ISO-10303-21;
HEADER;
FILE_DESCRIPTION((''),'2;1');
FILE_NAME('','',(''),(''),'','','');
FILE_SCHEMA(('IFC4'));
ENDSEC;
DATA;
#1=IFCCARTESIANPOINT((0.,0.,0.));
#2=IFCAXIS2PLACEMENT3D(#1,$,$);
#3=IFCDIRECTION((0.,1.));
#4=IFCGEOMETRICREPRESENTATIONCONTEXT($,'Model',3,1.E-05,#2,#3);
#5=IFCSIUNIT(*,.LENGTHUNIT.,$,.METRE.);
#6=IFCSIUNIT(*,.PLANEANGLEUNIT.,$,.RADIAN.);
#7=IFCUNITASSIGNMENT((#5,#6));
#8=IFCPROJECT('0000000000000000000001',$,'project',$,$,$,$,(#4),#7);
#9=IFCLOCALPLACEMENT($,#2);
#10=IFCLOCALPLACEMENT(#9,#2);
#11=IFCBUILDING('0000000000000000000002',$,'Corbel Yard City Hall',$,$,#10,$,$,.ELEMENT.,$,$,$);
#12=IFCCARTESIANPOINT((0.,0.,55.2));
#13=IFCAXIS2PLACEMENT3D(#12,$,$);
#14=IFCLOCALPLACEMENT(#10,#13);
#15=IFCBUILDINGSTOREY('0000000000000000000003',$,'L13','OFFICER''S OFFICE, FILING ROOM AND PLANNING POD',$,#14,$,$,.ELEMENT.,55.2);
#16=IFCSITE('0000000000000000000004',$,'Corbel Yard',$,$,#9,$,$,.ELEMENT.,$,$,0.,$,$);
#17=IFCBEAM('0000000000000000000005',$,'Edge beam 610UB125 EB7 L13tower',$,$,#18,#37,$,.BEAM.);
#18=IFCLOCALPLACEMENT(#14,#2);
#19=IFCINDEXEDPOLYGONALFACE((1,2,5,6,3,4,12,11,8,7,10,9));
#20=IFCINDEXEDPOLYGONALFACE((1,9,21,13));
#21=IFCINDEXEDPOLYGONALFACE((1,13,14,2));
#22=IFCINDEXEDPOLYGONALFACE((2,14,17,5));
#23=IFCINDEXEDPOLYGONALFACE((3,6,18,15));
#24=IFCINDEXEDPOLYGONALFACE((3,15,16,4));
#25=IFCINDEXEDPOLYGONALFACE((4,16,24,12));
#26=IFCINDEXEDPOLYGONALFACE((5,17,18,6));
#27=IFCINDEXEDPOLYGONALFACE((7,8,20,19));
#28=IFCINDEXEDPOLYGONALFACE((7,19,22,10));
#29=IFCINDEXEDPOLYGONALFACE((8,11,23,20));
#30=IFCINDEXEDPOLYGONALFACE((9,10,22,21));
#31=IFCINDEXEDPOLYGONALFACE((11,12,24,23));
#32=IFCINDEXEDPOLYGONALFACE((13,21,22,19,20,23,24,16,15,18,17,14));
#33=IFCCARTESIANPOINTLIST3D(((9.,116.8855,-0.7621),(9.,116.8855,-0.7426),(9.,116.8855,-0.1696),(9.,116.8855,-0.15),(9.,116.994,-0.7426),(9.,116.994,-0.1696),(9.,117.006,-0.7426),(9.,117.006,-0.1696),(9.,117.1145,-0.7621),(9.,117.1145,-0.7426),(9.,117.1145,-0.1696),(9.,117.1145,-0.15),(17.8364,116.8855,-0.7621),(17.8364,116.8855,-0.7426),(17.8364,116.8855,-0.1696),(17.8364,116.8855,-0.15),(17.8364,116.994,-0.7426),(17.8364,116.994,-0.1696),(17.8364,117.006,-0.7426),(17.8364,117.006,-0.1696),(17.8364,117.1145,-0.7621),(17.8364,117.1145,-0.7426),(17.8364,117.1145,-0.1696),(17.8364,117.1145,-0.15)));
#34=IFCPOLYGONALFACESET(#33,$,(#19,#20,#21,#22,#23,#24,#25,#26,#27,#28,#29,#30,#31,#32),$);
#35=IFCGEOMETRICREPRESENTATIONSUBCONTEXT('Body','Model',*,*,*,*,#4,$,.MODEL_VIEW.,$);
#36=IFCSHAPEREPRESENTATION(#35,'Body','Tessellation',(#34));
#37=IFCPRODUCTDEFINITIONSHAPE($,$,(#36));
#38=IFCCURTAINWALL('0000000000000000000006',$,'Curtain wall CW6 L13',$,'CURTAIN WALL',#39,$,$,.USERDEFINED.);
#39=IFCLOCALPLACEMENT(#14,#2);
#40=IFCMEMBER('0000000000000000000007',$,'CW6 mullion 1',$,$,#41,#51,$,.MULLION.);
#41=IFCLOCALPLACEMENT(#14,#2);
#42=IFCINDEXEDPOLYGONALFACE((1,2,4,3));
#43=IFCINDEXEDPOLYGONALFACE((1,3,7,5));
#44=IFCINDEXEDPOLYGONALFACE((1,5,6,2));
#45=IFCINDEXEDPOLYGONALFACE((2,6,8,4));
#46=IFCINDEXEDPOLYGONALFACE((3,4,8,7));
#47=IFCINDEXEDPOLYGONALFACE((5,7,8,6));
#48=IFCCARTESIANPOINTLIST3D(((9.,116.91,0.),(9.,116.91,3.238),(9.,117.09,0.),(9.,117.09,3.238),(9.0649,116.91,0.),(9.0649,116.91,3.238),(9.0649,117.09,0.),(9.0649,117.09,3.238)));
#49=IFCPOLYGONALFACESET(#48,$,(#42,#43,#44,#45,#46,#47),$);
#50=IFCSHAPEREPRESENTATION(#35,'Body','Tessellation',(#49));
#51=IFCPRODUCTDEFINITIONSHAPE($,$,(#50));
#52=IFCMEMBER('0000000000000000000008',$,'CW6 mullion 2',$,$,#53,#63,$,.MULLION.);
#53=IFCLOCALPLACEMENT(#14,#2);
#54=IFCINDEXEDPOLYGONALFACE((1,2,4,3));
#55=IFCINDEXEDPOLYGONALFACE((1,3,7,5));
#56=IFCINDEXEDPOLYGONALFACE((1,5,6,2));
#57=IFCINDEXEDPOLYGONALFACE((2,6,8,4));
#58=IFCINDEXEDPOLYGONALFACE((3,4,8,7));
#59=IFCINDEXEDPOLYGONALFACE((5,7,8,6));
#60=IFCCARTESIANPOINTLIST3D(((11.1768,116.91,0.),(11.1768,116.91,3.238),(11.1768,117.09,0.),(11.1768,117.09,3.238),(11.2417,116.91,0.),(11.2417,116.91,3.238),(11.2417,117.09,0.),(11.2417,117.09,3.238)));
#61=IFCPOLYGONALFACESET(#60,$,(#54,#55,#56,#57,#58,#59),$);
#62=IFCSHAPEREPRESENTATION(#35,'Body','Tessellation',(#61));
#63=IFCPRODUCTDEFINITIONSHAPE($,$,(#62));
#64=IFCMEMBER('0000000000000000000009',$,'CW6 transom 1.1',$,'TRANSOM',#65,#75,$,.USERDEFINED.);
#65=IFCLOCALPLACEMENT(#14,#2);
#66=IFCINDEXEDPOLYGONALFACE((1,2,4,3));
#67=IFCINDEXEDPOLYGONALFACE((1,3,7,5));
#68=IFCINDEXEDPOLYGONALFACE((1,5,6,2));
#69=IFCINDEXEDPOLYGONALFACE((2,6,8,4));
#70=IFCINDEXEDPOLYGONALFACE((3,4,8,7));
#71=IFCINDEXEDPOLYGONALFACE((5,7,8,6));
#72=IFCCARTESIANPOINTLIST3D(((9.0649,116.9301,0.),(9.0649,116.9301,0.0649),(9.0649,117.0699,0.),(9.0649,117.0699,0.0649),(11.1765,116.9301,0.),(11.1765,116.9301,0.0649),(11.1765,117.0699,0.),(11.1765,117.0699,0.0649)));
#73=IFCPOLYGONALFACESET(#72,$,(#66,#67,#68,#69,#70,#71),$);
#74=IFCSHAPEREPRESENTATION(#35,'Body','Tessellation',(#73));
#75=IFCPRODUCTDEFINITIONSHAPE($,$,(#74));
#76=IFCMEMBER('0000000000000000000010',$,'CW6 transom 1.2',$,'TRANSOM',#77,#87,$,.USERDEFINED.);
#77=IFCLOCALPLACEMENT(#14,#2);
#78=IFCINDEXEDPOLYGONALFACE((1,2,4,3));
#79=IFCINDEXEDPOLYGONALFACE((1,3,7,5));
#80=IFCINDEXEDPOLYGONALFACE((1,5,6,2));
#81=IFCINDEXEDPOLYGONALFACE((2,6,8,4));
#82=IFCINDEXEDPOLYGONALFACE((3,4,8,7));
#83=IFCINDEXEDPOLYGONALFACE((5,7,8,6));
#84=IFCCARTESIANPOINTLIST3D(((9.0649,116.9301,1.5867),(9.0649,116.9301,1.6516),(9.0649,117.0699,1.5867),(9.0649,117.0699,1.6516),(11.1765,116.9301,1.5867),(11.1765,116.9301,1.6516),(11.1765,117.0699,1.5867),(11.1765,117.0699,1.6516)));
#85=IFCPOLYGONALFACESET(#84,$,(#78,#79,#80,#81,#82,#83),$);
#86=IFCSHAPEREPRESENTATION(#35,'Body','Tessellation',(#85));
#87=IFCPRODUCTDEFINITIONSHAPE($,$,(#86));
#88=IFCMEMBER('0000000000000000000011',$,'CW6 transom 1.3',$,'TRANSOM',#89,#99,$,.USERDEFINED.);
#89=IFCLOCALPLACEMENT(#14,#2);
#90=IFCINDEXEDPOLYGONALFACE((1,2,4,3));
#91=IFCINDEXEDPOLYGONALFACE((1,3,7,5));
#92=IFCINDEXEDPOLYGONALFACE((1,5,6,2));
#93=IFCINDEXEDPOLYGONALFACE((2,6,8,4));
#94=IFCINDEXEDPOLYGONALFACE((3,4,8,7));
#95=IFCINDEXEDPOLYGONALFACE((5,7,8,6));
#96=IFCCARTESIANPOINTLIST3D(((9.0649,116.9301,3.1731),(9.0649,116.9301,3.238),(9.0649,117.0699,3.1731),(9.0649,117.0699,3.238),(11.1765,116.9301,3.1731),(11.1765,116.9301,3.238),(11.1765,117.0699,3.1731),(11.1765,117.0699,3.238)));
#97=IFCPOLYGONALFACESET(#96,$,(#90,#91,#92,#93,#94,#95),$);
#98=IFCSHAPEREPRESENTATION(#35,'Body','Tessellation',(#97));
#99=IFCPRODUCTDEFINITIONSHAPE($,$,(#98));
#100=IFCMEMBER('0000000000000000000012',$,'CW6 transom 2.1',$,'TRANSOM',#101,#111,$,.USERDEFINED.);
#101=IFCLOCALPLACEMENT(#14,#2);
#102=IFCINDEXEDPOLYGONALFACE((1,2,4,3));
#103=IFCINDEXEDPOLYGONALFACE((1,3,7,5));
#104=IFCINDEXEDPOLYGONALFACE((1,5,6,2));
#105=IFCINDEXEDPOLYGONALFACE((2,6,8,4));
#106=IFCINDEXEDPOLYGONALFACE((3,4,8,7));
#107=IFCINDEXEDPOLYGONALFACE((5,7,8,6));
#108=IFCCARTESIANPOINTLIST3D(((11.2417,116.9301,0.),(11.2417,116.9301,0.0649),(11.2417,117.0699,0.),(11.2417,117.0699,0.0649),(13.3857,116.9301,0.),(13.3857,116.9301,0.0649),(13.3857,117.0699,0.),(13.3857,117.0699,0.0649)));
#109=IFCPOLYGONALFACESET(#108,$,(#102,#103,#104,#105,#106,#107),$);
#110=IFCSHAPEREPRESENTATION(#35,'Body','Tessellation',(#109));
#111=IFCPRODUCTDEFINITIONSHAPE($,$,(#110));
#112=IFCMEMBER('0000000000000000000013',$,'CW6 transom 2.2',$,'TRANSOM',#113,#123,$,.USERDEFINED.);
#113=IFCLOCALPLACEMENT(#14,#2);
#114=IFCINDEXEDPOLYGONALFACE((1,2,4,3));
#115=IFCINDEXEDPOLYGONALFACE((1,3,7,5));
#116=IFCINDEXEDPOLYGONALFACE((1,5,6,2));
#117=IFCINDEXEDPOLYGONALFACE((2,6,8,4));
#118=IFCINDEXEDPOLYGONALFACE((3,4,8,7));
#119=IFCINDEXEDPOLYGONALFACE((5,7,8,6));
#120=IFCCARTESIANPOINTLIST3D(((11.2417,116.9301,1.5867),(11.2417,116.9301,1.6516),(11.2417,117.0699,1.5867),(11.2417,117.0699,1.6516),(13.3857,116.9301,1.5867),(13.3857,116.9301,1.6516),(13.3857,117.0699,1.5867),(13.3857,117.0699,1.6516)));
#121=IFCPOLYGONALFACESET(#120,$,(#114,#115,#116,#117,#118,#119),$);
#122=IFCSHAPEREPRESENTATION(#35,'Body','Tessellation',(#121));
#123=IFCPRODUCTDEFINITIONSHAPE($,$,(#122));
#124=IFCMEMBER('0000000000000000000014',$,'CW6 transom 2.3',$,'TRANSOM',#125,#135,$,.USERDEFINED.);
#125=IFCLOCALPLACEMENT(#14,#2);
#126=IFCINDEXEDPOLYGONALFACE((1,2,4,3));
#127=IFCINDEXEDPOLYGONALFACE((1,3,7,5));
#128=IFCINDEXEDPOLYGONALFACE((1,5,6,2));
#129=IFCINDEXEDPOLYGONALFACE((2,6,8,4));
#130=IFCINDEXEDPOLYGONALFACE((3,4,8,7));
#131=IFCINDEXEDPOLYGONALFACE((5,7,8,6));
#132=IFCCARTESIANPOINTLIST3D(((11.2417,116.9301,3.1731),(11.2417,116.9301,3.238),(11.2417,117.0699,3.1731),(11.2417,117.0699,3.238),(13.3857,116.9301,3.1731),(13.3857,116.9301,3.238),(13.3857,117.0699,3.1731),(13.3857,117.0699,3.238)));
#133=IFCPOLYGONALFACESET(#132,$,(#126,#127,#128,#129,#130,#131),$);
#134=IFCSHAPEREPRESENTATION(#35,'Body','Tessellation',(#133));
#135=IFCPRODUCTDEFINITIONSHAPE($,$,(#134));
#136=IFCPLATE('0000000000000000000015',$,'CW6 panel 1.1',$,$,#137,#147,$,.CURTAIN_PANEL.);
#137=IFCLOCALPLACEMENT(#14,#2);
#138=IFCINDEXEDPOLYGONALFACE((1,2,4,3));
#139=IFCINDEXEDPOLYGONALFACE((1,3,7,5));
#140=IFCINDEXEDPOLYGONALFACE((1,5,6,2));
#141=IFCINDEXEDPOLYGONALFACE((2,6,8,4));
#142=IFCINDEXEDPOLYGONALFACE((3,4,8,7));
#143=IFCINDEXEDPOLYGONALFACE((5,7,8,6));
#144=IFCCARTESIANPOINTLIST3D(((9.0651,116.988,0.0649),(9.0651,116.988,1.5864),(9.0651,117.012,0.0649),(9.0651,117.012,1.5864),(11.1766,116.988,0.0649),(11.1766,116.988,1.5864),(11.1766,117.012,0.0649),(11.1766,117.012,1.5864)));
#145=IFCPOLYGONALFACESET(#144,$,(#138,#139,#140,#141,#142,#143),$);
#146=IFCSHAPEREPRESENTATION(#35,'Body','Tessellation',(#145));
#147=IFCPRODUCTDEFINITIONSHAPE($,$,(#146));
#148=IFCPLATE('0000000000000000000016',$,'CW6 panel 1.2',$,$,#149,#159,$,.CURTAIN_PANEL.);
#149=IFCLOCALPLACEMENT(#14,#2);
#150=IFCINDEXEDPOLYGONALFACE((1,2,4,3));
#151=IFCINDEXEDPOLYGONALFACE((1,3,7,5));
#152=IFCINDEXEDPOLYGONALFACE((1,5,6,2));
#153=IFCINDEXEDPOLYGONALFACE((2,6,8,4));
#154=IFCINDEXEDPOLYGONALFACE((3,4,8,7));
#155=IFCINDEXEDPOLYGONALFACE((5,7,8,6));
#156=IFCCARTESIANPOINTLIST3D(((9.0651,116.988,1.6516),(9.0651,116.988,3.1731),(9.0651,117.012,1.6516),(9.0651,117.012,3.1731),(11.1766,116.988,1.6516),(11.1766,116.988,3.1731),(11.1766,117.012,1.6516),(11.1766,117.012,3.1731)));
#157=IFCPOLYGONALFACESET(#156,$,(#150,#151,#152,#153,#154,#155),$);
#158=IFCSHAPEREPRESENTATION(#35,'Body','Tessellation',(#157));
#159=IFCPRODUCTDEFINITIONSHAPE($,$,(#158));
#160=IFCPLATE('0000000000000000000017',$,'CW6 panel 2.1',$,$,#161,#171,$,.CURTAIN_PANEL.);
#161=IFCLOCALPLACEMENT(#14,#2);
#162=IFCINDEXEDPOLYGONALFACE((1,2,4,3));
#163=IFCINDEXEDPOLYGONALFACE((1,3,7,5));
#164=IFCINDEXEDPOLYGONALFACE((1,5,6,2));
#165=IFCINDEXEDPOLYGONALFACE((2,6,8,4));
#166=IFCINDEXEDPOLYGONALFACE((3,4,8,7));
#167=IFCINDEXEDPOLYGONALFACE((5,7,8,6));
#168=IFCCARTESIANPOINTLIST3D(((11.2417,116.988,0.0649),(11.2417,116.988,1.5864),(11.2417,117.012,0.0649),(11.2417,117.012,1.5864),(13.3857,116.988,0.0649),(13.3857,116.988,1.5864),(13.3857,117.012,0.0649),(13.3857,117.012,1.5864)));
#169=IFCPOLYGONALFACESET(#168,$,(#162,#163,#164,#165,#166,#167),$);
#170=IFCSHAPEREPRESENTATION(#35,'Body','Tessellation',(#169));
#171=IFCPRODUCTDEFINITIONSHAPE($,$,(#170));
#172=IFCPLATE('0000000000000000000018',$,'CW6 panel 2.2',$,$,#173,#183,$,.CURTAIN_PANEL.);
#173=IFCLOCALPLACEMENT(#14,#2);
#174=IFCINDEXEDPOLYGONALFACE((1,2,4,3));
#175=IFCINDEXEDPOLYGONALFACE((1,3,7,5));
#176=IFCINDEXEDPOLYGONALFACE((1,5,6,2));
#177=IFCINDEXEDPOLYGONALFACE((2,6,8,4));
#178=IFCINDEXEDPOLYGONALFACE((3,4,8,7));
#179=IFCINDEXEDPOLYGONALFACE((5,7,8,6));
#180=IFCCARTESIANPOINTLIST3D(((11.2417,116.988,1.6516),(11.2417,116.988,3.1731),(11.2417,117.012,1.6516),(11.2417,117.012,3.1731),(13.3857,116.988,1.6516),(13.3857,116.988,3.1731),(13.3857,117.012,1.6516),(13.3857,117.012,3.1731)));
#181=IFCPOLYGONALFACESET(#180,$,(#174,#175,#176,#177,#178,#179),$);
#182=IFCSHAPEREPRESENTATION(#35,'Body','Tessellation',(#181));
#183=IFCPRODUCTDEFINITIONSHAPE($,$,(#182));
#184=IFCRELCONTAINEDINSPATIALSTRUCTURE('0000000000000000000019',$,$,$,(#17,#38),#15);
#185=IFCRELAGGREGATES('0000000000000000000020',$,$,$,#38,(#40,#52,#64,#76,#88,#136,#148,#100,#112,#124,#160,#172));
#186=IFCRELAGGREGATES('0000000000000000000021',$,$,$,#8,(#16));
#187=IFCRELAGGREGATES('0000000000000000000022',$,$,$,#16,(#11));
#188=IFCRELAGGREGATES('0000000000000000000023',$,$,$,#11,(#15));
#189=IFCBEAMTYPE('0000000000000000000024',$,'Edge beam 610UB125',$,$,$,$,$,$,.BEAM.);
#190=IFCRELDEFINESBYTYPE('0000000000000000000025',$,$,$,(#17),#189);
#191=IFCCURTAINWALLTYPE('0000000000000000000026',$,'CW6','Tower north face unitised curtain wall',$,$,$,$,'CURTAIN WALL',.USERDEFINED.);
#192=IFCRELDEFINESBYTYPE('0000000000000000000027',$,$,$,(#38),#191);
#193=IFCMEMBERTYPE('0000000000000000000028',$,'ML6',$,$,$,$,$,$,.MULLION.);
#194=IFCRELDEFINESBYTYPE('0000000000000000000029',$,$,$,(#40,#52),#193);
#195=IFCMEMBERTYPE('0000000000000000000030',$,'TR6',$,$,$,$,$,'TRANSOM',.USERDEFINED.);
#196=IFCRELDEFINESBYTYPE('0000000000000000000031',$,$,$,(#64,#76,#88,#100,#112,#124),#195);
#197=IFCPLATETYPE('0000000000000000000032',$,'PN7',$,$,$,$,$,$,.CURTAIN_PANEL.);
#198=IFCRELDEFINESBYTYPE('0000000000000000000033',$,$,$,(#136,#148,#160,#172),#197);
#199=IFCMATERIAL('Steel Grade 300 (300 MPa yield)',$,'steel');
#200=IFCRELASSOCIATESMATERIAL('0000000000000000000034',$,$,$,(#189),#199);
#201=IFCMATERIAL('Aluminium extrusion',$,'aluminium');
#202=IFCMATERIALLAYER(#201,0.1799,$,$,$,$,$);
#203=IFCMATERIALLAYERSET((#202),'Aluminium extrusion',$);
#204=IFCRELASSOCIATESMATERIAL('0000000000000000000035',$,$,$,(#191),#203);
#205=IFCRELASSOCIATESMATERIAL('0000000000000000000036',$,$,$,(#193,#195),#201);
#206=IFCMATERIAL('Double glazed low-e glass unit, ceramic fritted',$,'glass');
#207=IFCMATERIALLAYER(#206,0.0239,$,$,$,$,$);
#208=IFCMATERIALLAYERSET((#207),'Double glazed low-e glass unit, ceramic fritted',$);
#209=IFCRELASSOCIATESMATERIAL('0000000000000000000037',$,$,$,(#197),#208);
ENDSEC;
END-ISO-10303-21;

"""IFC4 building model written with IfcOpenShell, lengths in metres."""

from ifc_helpers import new_model, si_unit, direction, frame, origin, origin_2d, place, context, subcontext, project, spatial, rectangle, i_section, extrude, material, layer, layer_set, material_profile, profile_set, type_object, element, aggregate, save


model = new_model("IFC4")

# Units and contexts
model_context = context("Model", 3, precision=1e-05, world=origin(), true_north=direction((0.0, 1.0)))
body_context = subcontext(model_context, "Body", "Model", "MODEL_VIEW")
ifc_project = project(units=[si_unit("LENGTHUNIT", "METRE"), si_unit("PLANEANGLEUNIT", "RADIAN")], contexts=[model_context])

# Site, building, storey
site_placement = place(None, origin())
site = spatial("IfcSite", under=ifc_project, at=site_placement, Name="Corbel Yard", CompositionType="ELEMENT", RefElevation=0.0)
building_placement = place(site_placement, origin())
building = spatial("IfcBuilding", under=site, at=building_placement, Name="Corbel Yard City Hall", CompositionType="ELEMENT")
storey_placement = place(building_placement, frame((0.0, 0.0, 55.2)))
storey = spatial("IfcBuildingStorey", under=building, at=storey_placement, Name="L13", Description="OFFICER'S OFFICE, FILING ROOM AND PLANNING POD", CompositionType="ELEMENT", Elevation=55.2)

# Beam
ifc_material_1 = material(Name="Steel Grade 300 (300 MPa yield)", Category="steel")
ifc_material_profile_1 = material_profile(ifc_material_1, i_section(OverallWidth=0.229, OverallDepth=0.6121, WebThickness=0.012, FlangeThickness=0.0195, at=origin_2d()), Name="610UB125")
ifc_profile_set_1 = profile_set([ifc_material_profile_1], Name="Steel Grade 300 (300 MPa yield)")
beam_type = type_object("IfcBeamType", Name="Edge beam 610UB125", PredefinedType="BEAM", material=ifc_profile_set_1)
beam_placement = place(storey_placement, frame((9.0, 117.0, -0.4561), z_axis=(1.0, 0.0, 0.0), x_axis=(0.0, 1.0, 0.0)))
element("IfcBeam", 1, at=beam_placement, inside=storey, type_object=beam_type, Name="Edge beam 610UB125 EB7 L13tower", PredefinedType="BEAM", context=body_context, shape_type="SweptSolid", body=[
    extrude(i_section(OverallWidth=0.229, OverallDepth=0.6121, WebThickness=0.012, FlangeThickness=0.0195, at=origin_2d()), origin(), (0.0, 0.0, 1.0), 8.8364),
])

# Curtain wall, members, plates
ifc_material_2 = material(Name="Aluminium extrusion", Category="aluminium")
ifc_layer_1 = layer(ifc_material_2, 0.1799)
ifc_layer_set_1 = layer_set([ifc_layer_1], Name="Aluminium extrusion")
curtain_wall_type = type_object("IfcCurtainWallType", Name="CW6", Description="Tower north face unitised curtain wall", ElementType="CURTAIN WALL", PredefinedType="USERDEFINED", material=ifc_layer_set_1)
curtain_wall_placement = place(storey_placement, origin())
curtain_wall = element("IfcCurtainWall", 2, at=curtain_wall_placement, inside=storey, type_object=curtain_wall_type, Name="Curtain wall CW6 L13", ObjectType="CURTAIN WALL", PredefinedType="USERDEFINED")
ifc_material_profile_2 = material_profile(ifc_material_2, rectangle(XDim=0.1799, YDim=0.0649, at=origin_2d()), Name="180x65")
ifc_profile_set_2 = profile_set([ifc_material_profile_2], Name="Aluminium extrusion")
member_type_1 = type_object("IfcMemberType", Name="ML6", PredefinedType="MULLION", material=ifc_profile_set_2)
member_1_placement = place(storey_placement, frame((9.0325, 117.0, 0.0), z_axis=(0.0, 0.0, 1.0), x_axis=(0.0, 1.0, 0.0)))
member_1 = element("IfcMember", 3, at=member_1_placement, type_object=member_type_1, Name="CW6 mullion 1", PredefinedType="MULLION", context=body_context, shape_type="SweptSolid", body=[
    extrude(rectangle(XDim=0.1799, YDim=0.0649, at=origin_2d()), origin(), (0.0, 0.0, 1.0), 3.238),
])
member_2_placement = place(storey_placement, frame((11.2092, 117.0, 0.0), z_axis=(0.0, 0.0, 1.0), x_axis=(0.0, 1.0, 0.0)))
member_2 = element("IfcMember", 4, at=member_2_placement, type_object=member_type_1, Name="CW6 mullion 2", PredefinedType="MULLION", context=body_context, shape_type="SweptSolid", body=[
    extrude(rectangle(XDim=0.1799, YDim=0.0649, at=origin_2d()), origin(), (0.0, 0.0, 1.0), 3.238),
])
ifc_material_profile_3 = material_profile(ifc_material_2, rectangle(XDim=0.1399, YDim=0.0649, at=origin_2d()), Name="140x65")
ifc_profile_set_3 = profile_set([ifc_material_profile_3], Name="Aluminium extrusion")
member_type_2 = type_object("IfcMemberType", Name="TR6", ElementType="TRANSOM", PredefinedType="USERDEFINED", material=ifc_profile_set_3)
member_3_placement = place(storey_placement, frame((9.0649, 117.0, 0.0325), z_axis=(1.0, 0.0, 0.0), x_axis=(0.0, 1.0, 0.0)))
member_3 = element("IfcMember", 5, at=member_3_placement, type_object=member_type_2, Name="CW6 transom 1.1", ObjectType="TRANSOM", PredefinedType="USERDEFINED", context=body_context, shape_type="SweptSolid", body=[
    extrude(rectangle(XDim=0.1399, YDim=0.0649, at=origin_2d()), origin(), (0.0, 0.0, 1.0), 2.1116),
])
member_4_placement = place(storey_placement, frame((9.0649, 117.0, 1.6191), z_axis=(1.0, 0.0, 0.0), x_axis=(0.0, 1.0, 0.0)))
member_4 = element("IfcMember", 6, at=member_4_placement, type_object=member_type_2, Name="CW6 transom 1.2", ObjectType="TRANSOM", PredefinedType="USERDEFINED", context=body_context, shape_type="SweptSolid", body=[
    extrude(rectangle(XDim=0.1399, YDim=0.0649, at=origin_2d()), origin(), (0.0, 0.0, 1.0), 2.1116),
])
member_5_placement = place(storey_placement, frame((9.0649, 117.0, 3.2056), z_axis=(1.0, 0.0, 0.0), x_axis=(0.0, 1.0, 0.0)))
member_5 = element("IfcMember", 7, at=member_5_placement, type_object=member_type_2, Name="CW6 transom 1.3", ObjectType="TRANSOM", PredefinedType="USERDEFINED", context=body_context, shape_type="SweptSolid", body=[
    extrude(rectangle(XDim=0.1399, YDim=0.0649, at=origin_2d()), origin(), (0.0, 0.0, 1.0), 2.1116),
])
member_6_placement = place(storey_placement, frame((11.2417, 117.0, 0.0325), z_axis=(1.0, 0.0, 0.0), x_axis=(0.0, 1.0, 0.0)))
member_6 = element("IfcMember", 8, at=member_6_placement, type_object=member_type_2, Name="CW6 transom 2.1", ObjectType="TRANSOM", PredefinedType="USERDEFINED", context=body_context, shape_type="SweptSolid", body=[
    extrude(rectangle(XDim=0.1399, YDim=0.0649, at=origin_2d()), origin(), (0.0, 0.0, 1.0), 2.144),
])
member_7_placement = place(storey_placement, frame((11.2417, 117.0, 1.6191), z_axis=(1.0, 0.0, 0.0), x_axis=(0.0, 1.0, 0.0)))
member_7 = element("IfcMember", 9, at=member_7_placement, type_object=member_type_2, Name="CW6 transom 2.2", ObjectType="TRANSOM", PredefinedType="USERDEFINED", context=body_context, shape_type="SweptSolid", body=[
    extrude(rectangle(XDim=0.1399, YDim=0.0649, at=origin_2d()), origin(), (0.0, 0.0, 1.0), 2.144),
])
member_8_placement = place(storey_placement, frame((11.2417, 117.0, 3.2056), z_axis=(1.0, 0.0, 0.0), x_axis=(0.0, 1.0, 0.0)))
member_8 = element("IfcMember", 10, at=member_8_placement, type_object=member_type_2, Name="CW6 transom 2.3", ObjectType="TRANSOM", PredefinedType="USERDEFINED", context=body_context, shape_type="SweptSolid", body=[
    extrude(rectangle(XDim=0.1399, YDim=0.0649, at=origin_2d()), origin(), (0.0, 0.0, 1.0), 2.144),
])
ifc_material_3 = material(Name="Double glazed low-e glass unit, ceramic fritted", Category="glass")
ifc_layer_2 = layer(ifc_material_3, 0.0239)
ifc_layer_set_2 = layer_set([ifc_layer_2], Name="Double glazed low-e glass unit, ceramic fritted")
plate_type = type_object("IfcPlateType", Name="PN7", PredefinedType="CURTAIN_PANEL", material=ifc_layer_set_2)
plate_1_placement = place(storey_placement, frame((10.1208, 117.0, 0.0649), z_axis=(0.0, 0.0, 1.0), x_axis=(1.0, 0.0, 0.0)))
plate_1 = element("IfcPlate", 11, at=plate_1_placement, type_object=plate_type, Name="CW6 panel 1.1", PredefinedType="CURTAIN_PANEL", context=body_context, shape_type="SweptSolid", body=[
    extrude(rectangle(XDim=2.1116, YDim=0.0239, at=origin_2d()), origin(), (0.0, 0.0, 1.0), 1.5215),
])
plate_2_placement = place(storey_placement, frame((10.1208, 117.0, 1.6516), z_axis=(0.0, 0.0, 1.0), x_axis=(1.0, 0.0, 0.0)))
plate_2 = element("IfcPlate", 12, at=plate_2_placement, type_object=plate_type, Name="CW6 panel 1.2", PredefinedType="CURTAIN_PANEL", context=body_context, shape_type="SweptSolid", body=[
    extrude(rectangle(XDim=2.1116, YDim=0.0239, at=origin_2d()), origin(), (0.0, 0.0, 1.0), 1.5215),
])
plate_3_placement = place(storey_placement, frame((12.3137, 117.0, 0.0649), z_axis=(0.0, 0.0, 1.0), x_axis=(1.0, 0.0, 0.0)))
plate_3 = element("IfcPlate", 13, at=plate_3_placement, type_object=plate_type, Name="CW6 panel 2.1", PredefinedType="CURTAIN_PANEL", context=body_context, shape_type="SweptSolid", body=[
    extrude(rectangle(XDim=2.144, YDim=0.0239, at=origin_2d()), origin(), (0.0, 0.0, 1.0), 1.5215),
])
plate_4_placement = place(storey_placement, frame((12.3137, 117.0, 1.6516), z_axis=(0.0, 0.0, 1.0), x_axis=(1.0, 0.0, 0.0)))
plate_4 = element("IfcPlate", 14, at=plate_4_placement, type_object=plate_type, Name="CW6 panel 2.2", PredefinedType="CURTAIN_PANEL", context=body_context, shape_type="SweptSolid", body=[
    extrude(rectangle(XDim=2.144, YDim=0.0239, at=origin_2d()), origin(), (0.0, 0.0, 1.0), 1.5215),
])
aggregate(curtain_wall, [member_1, member_2, member_3, member_4, member_5, plate_1, plate_2, member_6, member_7, member_8, plate_3, plate_4])

save(model, "model.ifc")
